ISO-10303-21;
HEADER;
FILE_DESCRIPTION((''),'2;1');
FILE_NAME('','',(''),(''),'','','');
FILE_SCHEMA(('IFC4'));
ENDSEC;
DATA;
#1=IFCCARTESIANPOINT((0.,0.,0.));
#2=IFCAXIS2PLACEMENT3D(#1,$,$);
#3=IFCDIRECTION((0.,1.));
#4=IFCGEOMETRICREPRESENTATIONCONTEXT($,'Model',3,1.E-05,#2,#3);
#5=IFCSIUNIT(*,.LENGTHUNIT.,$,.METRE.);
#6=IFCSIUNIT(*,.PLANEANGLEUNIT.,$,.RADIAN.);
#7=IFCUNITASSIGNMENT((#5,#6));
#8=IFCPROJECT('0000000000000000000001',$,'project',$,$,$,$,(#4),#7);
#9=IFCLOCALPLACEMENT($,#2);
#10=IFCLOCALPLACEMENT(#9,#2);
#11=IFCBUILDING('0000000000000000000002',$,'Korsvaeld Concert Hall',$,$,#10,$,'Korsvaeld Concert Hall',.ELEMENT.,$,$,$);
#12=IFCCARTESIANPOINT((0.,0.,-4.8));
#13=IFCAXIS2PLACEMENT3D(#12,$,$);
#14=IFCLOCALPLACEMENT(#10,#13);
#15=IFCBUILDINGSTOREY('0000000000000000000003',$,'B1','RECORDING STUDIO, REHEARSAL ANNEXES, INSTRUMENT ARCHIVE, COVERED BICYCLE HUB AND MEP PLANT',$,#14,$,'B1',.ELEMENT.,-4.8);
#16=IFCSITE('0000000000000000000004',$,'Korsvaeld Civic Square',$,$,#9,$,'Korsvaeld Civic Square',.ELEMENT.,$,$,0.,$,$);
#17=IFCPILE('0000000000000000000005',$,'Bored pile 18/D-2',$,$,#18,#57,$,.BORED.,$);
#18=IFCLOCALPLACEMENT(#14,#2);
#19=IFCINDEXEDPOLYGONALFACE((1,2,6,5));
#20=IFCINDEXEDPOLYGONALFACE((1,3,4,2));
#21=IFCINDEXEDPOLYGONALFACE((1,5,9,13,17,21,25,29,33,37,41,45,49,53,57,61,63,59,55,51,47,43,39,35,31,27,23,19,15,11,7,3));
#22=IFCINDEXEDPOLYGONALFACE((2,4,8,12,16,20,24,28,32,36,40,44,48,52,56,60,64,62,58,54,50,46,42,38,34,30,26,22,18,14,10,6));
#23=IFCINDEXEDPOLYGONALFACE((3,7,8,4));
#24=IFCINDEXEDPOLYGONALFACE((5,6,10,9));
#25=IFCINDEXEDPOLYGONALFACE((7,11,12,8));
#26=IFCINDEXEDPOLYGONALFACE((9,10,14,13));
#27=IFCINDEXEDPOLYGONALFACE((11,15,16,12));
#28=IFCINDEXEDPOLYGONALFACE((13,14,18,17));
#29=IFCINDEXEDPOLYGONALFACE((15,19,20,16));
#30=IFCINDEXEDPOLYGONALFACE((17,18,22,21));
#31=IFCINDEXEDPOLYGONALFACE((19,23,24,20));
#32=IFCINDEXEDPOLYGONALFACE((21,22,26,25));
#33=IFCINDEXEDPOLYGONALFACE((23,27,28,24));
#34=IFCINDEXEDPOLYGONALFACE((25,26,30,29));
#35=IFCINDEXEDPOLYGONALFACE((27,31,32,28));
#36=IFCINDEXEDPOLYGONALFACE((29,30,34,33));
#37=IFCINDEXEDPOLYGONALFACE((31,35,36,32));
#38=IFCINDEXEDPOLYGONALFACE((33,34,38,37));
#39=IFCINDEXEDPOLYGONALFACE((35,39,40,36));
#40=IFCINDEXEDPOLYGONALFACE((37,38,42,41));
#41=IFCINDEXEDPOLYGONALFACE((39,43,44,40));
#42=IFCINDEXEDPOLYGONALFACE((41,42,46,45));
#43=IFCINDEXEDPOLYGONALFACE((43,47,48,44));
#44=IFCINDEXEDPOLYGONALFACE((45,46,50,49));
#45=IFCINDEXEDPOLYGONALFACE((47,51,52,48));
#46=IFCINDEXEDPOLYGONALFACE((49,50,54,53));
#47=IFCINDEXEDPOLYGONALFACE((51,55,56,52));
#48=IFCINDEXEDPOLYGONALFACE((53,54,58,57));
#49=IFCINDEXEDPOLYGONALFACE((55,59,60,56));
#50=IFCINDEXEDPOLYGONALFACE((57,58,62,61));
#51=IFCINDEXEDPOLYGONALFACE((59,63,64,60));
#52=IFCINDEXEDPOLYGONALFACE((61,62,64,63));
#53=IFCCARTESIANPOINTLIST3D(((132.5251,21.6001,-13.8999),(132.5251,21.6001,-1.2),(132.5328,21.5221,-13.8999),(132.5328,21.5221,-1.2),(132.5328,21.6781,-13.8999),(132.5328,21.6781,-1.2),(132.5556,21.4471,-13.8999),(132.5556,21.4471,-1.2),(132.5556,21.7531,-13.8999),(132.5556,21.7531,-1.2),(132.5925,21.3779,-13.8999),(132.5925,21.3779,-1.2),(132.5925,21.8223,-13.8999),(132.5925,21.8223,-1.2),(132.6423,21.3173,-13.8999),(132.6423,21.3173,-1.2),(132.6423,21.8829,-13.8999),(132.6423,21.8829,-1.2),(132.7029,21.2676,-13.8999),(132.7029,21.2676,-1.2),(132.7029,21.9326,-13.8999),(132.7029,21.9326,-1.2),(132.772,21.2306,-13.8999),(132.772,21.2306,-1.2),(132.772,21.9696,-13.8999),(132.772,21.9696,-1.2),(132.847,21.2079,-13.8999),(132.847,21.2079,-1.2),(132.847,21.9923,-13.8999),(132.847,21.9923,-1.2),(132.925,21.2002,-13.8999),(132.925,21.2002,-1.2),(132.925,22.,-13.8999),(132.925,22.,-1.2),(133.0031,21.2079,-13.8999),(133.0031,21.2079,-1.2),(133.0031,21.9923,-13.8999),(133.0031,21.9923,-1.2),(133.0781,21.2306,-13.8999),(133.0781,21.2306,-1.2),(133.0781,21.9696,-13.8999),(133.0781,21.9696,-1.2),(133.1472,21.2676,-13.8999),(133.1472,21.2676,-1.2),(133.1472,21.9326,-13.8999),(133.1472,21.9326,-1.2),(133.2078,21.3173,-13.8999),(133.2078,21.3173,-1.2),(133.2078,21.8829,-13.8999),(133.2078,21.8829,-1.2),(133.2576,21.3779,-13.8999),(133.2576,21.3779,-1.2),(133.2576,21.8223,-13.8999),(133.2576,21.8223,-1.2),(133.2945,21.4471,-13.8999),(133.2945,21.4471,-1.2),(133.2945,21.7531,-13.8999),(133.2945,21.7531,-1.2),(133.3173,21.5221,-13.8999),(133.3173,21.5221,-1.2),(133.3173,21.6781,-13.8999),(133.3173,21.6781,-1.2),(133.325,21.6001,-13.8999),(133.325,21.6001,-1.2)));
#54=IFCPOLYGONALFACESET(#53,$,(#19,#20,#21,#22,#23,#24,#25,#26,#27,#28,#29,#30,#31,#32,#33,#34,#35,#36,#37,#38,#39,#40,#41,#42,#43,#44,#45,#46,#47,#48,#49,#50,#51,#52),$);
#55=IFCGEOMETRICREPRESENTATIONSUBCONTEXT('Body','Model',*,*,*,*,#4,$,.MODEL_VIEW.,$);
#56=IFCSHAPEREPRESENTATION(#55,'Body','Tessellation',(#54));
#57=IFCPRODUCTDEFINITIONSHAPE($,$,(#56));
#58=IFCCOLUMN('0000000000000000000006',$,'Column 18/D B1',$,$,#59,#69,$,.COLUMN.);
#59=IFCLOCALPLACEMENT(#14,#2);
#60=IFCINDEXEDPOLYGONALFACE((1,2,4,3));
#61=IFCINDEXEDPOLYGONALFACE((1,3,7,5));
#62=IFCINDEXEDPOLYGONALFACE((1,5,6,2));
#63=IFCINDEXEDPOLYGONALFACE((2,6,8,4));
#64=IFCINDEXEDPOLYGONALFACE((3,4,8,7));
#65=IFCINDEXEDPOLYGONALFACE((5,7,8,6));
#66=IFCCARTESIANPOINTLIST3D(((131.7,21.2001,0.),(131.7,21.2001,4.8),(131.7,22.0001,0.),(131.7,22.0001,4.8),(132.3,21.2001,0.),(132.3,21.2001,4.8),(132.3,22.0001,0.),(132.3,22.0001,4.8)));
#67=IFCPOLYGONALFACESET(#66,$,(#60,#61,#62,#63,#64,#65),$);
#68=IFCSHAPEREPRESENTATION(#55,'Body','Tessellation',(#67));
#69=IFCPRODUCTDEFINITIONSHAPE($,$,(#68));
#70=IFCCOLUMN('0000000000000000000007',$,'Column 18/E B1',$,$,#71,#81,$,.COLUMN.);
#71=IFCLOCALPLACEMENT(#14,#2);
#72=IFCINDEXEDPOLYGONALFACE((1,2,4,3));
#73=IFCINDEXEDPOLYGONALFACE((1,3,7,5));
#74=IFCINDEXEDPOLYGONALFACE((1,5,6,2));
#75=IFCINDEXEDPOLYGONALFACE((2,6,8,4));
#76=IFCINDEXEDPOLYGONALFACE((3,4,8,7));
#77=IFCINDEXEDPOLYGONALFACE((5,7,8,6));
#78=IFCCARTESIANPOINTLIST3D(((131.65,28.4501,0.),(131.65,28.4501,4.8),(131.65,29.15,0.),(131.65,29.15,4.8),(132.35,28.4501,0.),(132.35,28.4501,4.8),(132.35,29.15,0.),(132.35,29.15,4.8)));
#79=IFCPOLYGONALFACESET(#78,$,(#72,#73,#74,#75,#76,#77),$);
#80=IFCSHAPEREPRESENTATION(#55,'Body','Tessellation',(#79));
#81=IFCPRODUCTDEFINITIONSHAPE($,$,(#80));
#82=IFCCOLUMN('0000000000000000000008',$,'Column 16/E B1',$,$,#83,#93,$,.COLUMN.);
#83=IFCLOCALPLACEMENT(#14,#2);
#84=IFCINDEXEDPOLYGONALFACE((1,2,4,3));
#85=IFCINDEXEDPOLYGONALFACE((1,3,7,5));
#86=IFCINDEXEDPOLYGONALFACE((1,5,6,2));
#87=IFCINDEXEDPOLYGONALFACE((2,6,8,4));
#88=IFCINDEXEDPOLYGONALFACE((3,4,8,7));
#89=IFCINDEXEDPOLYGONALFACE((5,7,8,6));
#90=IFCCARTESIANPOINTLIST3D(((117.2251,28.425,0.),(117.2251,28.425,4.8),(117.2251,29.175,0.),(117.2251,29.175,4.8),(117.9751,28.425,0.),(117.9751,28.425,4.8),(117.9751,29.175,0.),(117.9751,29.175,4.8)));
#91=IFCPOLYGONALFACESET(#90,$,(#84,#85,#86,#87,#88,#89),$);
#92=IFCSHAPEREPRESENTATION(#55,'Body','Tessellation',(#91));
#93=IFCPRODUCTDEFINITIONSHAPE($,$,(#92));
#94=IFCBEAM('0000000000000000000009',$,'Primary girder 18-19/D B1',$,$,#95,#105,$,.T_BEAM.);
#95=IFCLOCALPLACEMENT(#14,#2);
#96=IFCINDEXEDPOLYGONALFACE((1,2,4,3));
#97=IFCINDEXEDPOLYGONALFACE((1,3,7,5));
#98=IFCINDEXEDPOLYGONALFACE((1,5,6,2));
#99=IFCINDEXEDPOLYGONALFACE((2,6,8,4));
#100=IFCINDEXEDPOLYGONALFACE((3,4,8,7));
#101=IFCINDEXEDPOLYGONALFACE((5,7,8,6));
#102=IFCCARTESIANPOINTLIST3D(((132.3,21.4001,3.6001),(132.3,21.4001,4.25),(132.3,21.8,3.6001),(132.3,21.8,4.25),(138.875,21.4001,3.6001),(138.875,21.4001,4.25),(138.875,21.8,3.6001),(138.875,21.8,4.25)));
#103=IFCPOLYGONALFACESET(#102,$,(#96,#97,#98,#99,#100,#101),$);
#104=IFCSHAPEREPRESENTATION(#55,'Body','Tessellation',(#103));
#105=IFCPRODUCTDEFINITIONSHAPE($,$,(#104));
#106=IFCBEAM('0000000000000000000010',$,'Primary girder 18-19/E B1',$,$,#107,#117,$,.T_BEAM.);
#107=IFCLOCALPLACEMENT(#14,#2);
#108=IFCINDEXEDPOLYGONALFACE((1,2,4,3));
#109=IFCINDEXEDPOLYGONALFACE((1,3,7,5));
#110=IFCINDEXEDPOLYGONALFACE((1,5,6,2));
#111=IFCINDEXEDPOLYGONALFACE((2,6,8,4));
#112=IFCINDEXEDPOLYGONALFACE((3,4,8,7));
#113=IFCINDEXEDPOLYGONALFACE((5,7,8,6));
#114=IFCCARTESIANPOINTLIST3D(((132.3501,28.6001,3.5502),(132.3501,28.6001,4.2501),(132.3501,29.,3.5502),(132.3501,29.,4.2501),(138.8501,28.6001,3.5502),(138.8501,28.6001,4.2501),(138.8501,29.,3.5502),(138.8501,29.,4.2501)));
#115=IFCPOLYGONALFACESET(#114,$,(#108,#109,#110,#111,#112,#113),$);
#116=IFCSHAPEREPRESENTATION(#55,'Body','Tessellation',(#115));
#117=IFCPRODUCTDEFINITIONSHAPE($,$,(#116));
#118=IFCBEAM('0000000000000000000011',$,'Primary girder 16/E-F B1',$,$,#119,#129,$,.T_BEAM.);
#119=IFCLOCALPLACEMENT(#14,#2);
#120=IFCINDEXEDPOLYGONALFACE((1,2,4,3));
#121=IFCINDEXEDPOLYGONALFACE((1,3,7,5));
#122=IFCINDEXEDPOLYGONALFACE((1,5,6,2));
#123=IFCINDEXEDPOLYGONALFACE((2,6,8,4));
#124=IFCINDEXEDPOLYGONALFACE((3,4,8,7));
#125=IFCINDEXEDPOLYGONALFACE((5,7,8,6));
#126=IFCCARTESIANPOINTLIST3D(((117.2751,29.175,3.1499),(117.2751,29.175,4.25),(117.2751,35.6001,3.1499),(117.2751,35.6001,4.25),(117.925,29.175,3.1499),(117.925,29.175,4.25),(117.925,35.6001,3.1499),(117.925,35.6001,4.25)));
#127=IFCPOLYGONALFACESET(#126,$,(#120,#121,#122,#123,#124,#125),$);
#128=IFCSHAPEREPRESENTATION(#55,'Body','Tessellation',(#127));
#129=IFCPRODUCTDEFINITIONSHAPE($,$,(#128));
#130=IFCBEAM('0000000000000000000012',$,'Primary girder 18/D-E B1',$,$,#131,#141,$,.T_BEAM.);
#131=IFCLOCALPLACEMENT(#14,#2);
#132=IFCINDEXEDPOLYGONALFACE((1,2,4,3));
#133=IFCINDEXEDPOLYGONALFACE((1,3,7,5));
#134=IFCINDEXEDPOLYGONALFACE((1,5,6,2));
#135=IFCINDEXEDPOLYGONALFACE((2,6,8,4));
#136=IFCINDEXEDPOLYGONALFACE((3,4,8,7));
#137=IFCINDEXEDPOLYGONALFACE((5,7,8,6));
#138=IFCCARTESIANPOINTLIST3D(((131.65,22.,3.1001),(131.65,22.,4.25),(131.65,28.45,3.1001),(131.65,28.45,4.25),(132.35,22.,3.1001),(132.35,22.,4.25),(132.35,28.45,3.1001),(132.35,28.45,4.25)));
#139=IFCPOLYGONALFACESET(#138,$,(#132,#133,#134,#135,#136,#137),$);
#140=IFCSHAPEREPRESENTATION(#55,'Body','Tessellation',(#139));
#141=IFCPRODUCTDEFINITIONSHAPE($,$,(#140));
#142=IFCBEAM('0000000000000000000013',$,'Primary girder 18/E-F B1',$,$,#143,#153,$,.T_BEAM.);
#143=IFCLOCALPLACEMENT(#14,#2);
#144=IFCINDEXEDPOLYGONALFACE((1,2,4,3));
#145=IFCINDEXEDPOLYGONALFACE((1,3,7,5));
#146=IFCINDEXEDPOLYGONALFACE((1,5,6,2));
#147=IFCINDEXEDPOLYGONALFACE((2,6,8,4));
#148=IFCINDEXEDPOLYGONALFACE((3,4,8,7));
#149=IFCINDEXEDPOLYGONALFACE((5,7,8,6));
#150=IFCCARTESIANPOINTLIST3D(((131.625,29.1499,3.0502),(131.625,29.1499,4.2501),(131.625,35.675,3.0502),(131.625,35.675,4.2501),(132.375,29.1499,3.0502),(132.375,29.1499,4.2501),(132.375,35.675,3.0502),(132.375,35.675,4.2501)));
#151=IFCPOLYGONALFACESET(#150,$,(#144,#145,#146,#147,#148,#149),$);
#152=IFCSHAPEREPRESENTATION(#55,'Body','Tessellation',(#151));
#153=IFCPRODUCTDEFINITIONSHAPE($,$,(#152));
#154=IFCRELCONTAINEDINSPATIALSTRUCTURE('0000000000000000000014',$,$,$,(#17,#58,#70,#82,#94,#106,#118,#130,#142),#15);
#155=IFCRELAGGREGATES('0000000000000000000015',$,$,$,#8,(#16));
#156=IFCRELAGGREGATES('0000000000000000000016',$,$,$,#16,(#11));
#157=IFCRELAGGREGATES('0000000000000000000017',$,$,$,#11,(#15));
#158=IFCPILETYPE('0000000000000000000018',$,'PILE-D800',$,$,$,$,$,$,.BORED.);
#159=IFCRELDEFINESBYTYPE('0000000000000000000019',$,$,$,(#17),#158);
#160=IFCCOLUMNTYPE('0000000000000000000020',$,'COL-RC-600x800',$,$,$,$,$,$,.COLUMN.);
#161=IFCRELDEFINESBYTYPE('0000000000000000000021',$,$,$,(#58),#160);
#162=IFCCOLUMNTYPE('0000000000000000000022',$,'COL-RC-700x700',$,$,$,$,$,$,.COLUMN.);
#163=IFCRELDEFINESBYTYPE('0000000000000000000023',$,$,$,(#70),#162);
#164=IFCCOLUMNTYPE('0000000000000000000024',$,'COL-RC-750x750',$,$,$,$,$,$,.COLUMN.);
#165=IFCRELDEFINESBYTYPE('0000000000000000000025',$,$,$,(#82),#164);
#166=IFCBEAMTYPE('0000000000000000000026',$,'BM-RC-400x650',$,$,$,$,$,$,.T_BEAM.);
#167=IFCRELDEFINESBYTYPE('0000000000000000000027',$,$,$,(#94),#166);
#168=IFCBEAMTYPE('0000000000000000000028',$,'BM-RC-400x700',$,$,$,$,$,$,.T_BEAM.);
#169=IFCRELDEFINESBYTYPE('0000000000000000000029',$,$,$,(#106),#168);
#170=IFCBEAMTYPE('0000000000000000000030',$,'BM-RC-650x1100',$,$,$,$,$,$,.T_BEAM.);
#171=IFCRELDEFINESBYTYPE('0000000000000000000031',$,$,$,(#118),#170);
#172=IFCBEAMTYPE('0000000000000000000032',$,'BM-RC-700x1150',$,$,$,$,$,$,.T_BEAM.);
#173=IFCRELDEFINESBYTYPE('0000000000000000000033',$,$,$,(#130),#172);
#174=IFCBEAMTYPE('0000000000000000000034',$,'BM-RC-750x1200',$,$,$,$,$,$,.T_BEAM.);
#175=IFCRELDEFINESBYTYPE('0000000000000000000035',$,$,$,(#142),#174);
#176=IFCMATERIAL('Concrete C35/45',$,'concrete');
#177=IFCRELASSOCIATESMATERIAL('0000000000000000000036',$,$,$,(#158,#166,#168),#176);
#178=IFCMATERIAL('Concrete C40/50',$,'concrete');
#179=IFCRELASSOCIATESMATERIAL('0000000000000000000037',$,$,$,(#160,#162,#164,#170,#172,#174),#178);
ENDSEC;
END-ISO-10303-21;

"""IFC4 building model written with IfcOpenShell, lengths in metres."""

from ifc_helpers import new_model, si_unit, direction, frame, origin, origin_2d, place, context, subcontext, project, spatial, rectangle, circle, extrude, material, material_profile, profile_set, type_object, element, save


model = new_model("IFC4")

# Units and contexts
model_context = context("Model", 3, precision=1e-05, world=origin(), true_north=direction((0.0, 1.0)))
body_context = subcontext(model_context, "Body", "Model", "MODEL_VIEW")
ifc_project = project(units=[si_unit("LENGTHUNIT", "METRE"), si_unit("PLANEANGLEUNIT", "RADIAN")], contexts=[model_context])

# Site, building, storey
site_placement = place(None, origin())
site = spatial("IfcSite", under=ifc_project, at=site_placement, Name="Korsvaeld Civic Square", LongName="Korsvaeld Civic Square", CompositionType="ELEMENT", RefElevation=0.0)
building_placement = place(site_placement, origin())
building = spatial("IfcBuilding", under=site, at=building_placement, Name="Korsvaeld Concert Hall", LongName="Korsvaeld Concert Hall", CompositionType="ELEMENT")
storey_placement = place(building_placement, frame((0.0, 0.0, -4.8)))
storey = spatial("IfcBuildingStorey", under=building, at=storey_placement, Name="B1", Description="RECORDING STUDIO, REHEARSAL ANNEXES, INSTRUMENT ARCHIVE, COVERED BICYCLE HUB AND MEP PLANT", LongName="B1", CompositionType="ELEMENT", Elevation=-4.8)

# Shared definitions
ifc_material_1 = material(Name="Concrete C35/45", Category="concrete")

# Pile
ifc_material_profile_1 = material_profile(ifc_material_1, circle(Radius=0.3999, at=origin_2d()), Name="BORED PILE D800")
ifc_profile_set_1 = profile_set([ifc_material_profile_1], Name="Concrete C35/45")
pile_type_1 = type_object("IfcPileType", Name="PILE-D800", PredefinedType="BORED", material=ifc_profile_set_1)
pile_1_placement = place(storey_placement, frame((132.925, 21.6001, -1.2), z_axis=(0.0, 0.0, -1.0), x_axis=(1.0, 0.0, 0.0)))
element("IfcPile", 1, at=pile_1_placement, inside=storey, type_object=pile_type_1, Name="Bored pile 18/D-2", PredefinedType="BORED", context=body_context, shape_type="SweptSolid", body=[
    extrude(circle(Radius=0.3999, at=origin_2d()), origin(), (0.0, 0.0, 1.0), 12.7),
])

# Columns
ifc_material_2 = material(Name="Concrete C40/50", Category="concrete")
ifc_material_profile_2 = material_profile(ifc_material_2, rectangle(XDim=0.6001, YDim=0.8, at=origin_2d()), Name="RC 600x800")
ifc_profile_set_2 = profile_set([ifc_material_profile_2], Name="Concrete C40/50")
column_type_1 = type_object("IfcColumnType", Name="COL-RC-600x800", PredefinedType="COLUMN", material=ifc_profile_set_2)
column_1_placement = place(storey_placement, frame((132.0, 21.6001, 0.0), z_axis=(0.0, 0.0, 1.0), x_axis=(1.0, 0.0, 0.0)))
element("IfcColumn", 2, at=column_1_placement, inside=storey, type_object=column_type_1, Name="Column 18/D B1", PredefinedType="COLUMN", context=body_context, shape_type="SweptSolid", body=[
    extrude(rectangle(XDim=0.6001, YDim=0.8, at=origin_2d()), origin(), (0.0, 0.0, 1.0), 4.8),
])
ifc_material_profile_3 = material_profile(ifc_material_2, rectangle(XDim=0.7, YDim=0.7, at=origin_2d()), Name="RC 700x700")
ifc_profile_set_3 = profile_set([ifc_material_profile_3], Name="Concrete C40/50")
column_type_2 = type_object("IfcColumnType", Name="COL-RC-700x700", PredefinedType="COLUMN", material=ifc_profile_set_3)
column_2_placement = place(storey_placement, frame((132.0, 28.8, 0.0), z_axis=(0.0, 0.0, 1.0), x_axis=(1.0, 0.0, 0.0)))
element("IfcColumn", 3, at=column_2_placement, inside=storey, type_object=column_type_2, Name="Column 18/E B1", PredefinedType="COLUMN", context=body_context, shape_type="SweptSolid", body=[
    extrude(rectangle(XDim=0.7, YDim=0.7, at=origin_2d()), origin(), (0.0, 0.0, 1.0), 4.8),
])
ifc_material_profile_4 = material_profile(ifc_material_2, rectangle(XDim=0.75, YDim=0.75, at=origin_2d()), Name="RC 750x750")
ifc_profile_set_4 = profile_set([ifc_material_profile_4], Name="Concrete C40/50")
column_type_3 = type_object("IfcColumnType", Name="COL-RC-750x750", PredefinedType="COLUMN", material=ifc_profile_set_4)
column_3_placement = place(storey_placement, frame((117.6001, 28.8, 0.0), z_axis=(0.0, 0.0, 1.0), x_axis=(1.0, 0.0, 0.0)))
element("IfcColumn", 4, at=column_3_placement, inside=storey, type_object=column_type_3, Name="Column 16/E B1", PredefinedType="COLUMN", context=body_context, shape_type="SweptSolid", body=[
    extrude(rectangle(XDim=0.75, YDim=0.75, at=origin_2d()), origin(), (0.0, 0.0, 1.0), 4.8),
])

# Beams
ifc_material_profile_5 = material_profile(ifc_material_1, rectangle(XDim=0.3999, YDim=0.6499, at=origin_2d()), Name="RC 400x650")
ifc_profile_set_5 = profile_set([ifc_material_profile_5], Name="Concrete C35/45")
beam_type_1 = type_object("IfcBeamType", Name="BM-RC-400x650", PredefinedType="T_BEAM", material=ifc_profile_set_5)
beam_1_placement = place(storey_placement, frame((132.3, 21.6001, 3.925), z_axis=(1.0, 0.0, 0.0), x_axis=(0.0, 1.0, 0.0)))
element("IfcBeam", 5, at=beam_1_placement, inside=storey, type_object=beam_type_1, Name="Primary girder 18-19/D B1", PredefinedType="T_BEAM", context=body_context, shape_type="SweptSolid", body=[
    extrude(rectangle(XDim=0.3999, YDim=0.6499, at=origin_2d()), origin(), (0.0, 0.0, 1.0), 6.575),
])
ifc_material_profile_6 = material_profile(ifc_material_1, rectangle(XDim=0.3999, YDim=0.7, at=origin_2d()), Name="RC 400x700")
ifc_profile_set_6 = profile_set([ifc_material_profile_6], Name="Concrete C35/45")
beam_type_2 = type_object("IfcBeamType", Name="BM-RC-400x700", PredefinedType="T_BEAM", material=ifc_profile_set_6)
beam_2_placement = place(storey_placement, frame((132.3501, 28.8, 3.9001), z_axis=(1.0, 0.0, 0.0), x_axis=(0.0, 1.0, 0.0)))
element("IfcBeam", 6, at=beam_2_placement, inside=storey, type_object=beam_type_2, Name="Primary girder 18-19/E B1", PredefinedType="T_BEAM", context=body_context, shape_type="SweptSolid", body=[
    extrude(rectangle(XDim=0.3999, YDim=0.7, at=origin_2d()), origin(), (0.0, 0.0, 1.0), 6.5),
])
ifc_material_profile_7 = material_profile(ifc_material_2, rectangle(XDim=0.6499, YDim=1.1001, at=origin_2d()), Name="RC 650x1100")
ifc_profile_set_7 = profile_set([ifc_material_profile_7], Name="Concrete C40/50")
beam_type_3 = type_object("IfcBeamType", Name="BM-RC-650x1100", PredefinedType="T_BEAM", material=ifc_profile_set_7)
beam_3_placement = place(storey_placement, frame((117.6001, 29.175, 3.7), z_axis=(0.0, 1.0, 0.0), x_axis=(-1.0, 0.0, 0.0)))
element("IfcBeam", 7, at=beam_3_placement, inside=storey, type_object=beam_type_3, Name="Primary girder 16/E-F B1", PredefinedType="T_BEAM", context=body_context, shape_type="SweptSolid", body=[
    extrude(rectangle(XDim=0.6499, YDim=1.1001, at=origin_2d()), origin(), (0.0, 0.0, 1.0), 6.425),
])
ifc_material_profile_8 = material_profile(ifc_material_2, rectangle(XDim=0.7, YDim=1.1499, at=origin_2d()), Name="RC 700x1150")
ifc_profile_set_8 = profile_set([ifc_material_profile_8], Name="Concrete C40/50")
beam_type_4 = type_object("IfcBeamType", Name="BM-RC-700x1150", PredefinedType="T_BEAM", material=ifc_profile_set_8)
beam_4_placement = place(storey_placement, frame((132.0, 22.0, 3.675), z_axis=(0.0, 1.0, 0.0), x_axis=(-1.0, 0.0, 0.0)))
element("IfcBeam", 8, at=beam_4_placement, inside=storey, type_object=beam_type_4, Name="Primary girder 18/D-E B1", PredefinedType="T_BEAM", context=body_context, shape_type="SweptSolid", body=[
    extrude(rectangle(XDim=0.7, YDim=1.1499, at=origin_2d()), origin(), (0.0, 0.0, 1.0), 6.45),
])
ifc_material_profile_9 = material_profile(ifc_material_2, rectangle(XDim=0.75, YDim=1.2, at=origin_2d()), Name="RC 750x1200")
ifc_profile_set_9 = profile_set([ifc_material_profile_9], Name="Concrete C40/50")
beam_type_5 = type_object("IfcBeamType", Name="BM-RC-750x1200", PredefinedType="T_BEAM", material=ifc_profile_set_9)
beam_5_placement = place(storey_placement, frame((132.0, 29.1499, 3.6501), z_axis=(0.0, 1.0, 0.0), x_axis=(-1.0, 0.0, 0.0)))
element("IfcBeam", 9, at=beam_5_placement, inside=storey, type_object=beam_type_5, Name="Primary girder 18/E-F B1", PredefinedType="T_BEAM", context=body_context, shape_type="SweptSolid", body=[
    extrude(rectangle(XDim=0.75, YDim=1.2, at=origin_2d()), origin(), (0.0, 0.0, 1.0), 6.5251),
])

save(model, "model.ifc")
